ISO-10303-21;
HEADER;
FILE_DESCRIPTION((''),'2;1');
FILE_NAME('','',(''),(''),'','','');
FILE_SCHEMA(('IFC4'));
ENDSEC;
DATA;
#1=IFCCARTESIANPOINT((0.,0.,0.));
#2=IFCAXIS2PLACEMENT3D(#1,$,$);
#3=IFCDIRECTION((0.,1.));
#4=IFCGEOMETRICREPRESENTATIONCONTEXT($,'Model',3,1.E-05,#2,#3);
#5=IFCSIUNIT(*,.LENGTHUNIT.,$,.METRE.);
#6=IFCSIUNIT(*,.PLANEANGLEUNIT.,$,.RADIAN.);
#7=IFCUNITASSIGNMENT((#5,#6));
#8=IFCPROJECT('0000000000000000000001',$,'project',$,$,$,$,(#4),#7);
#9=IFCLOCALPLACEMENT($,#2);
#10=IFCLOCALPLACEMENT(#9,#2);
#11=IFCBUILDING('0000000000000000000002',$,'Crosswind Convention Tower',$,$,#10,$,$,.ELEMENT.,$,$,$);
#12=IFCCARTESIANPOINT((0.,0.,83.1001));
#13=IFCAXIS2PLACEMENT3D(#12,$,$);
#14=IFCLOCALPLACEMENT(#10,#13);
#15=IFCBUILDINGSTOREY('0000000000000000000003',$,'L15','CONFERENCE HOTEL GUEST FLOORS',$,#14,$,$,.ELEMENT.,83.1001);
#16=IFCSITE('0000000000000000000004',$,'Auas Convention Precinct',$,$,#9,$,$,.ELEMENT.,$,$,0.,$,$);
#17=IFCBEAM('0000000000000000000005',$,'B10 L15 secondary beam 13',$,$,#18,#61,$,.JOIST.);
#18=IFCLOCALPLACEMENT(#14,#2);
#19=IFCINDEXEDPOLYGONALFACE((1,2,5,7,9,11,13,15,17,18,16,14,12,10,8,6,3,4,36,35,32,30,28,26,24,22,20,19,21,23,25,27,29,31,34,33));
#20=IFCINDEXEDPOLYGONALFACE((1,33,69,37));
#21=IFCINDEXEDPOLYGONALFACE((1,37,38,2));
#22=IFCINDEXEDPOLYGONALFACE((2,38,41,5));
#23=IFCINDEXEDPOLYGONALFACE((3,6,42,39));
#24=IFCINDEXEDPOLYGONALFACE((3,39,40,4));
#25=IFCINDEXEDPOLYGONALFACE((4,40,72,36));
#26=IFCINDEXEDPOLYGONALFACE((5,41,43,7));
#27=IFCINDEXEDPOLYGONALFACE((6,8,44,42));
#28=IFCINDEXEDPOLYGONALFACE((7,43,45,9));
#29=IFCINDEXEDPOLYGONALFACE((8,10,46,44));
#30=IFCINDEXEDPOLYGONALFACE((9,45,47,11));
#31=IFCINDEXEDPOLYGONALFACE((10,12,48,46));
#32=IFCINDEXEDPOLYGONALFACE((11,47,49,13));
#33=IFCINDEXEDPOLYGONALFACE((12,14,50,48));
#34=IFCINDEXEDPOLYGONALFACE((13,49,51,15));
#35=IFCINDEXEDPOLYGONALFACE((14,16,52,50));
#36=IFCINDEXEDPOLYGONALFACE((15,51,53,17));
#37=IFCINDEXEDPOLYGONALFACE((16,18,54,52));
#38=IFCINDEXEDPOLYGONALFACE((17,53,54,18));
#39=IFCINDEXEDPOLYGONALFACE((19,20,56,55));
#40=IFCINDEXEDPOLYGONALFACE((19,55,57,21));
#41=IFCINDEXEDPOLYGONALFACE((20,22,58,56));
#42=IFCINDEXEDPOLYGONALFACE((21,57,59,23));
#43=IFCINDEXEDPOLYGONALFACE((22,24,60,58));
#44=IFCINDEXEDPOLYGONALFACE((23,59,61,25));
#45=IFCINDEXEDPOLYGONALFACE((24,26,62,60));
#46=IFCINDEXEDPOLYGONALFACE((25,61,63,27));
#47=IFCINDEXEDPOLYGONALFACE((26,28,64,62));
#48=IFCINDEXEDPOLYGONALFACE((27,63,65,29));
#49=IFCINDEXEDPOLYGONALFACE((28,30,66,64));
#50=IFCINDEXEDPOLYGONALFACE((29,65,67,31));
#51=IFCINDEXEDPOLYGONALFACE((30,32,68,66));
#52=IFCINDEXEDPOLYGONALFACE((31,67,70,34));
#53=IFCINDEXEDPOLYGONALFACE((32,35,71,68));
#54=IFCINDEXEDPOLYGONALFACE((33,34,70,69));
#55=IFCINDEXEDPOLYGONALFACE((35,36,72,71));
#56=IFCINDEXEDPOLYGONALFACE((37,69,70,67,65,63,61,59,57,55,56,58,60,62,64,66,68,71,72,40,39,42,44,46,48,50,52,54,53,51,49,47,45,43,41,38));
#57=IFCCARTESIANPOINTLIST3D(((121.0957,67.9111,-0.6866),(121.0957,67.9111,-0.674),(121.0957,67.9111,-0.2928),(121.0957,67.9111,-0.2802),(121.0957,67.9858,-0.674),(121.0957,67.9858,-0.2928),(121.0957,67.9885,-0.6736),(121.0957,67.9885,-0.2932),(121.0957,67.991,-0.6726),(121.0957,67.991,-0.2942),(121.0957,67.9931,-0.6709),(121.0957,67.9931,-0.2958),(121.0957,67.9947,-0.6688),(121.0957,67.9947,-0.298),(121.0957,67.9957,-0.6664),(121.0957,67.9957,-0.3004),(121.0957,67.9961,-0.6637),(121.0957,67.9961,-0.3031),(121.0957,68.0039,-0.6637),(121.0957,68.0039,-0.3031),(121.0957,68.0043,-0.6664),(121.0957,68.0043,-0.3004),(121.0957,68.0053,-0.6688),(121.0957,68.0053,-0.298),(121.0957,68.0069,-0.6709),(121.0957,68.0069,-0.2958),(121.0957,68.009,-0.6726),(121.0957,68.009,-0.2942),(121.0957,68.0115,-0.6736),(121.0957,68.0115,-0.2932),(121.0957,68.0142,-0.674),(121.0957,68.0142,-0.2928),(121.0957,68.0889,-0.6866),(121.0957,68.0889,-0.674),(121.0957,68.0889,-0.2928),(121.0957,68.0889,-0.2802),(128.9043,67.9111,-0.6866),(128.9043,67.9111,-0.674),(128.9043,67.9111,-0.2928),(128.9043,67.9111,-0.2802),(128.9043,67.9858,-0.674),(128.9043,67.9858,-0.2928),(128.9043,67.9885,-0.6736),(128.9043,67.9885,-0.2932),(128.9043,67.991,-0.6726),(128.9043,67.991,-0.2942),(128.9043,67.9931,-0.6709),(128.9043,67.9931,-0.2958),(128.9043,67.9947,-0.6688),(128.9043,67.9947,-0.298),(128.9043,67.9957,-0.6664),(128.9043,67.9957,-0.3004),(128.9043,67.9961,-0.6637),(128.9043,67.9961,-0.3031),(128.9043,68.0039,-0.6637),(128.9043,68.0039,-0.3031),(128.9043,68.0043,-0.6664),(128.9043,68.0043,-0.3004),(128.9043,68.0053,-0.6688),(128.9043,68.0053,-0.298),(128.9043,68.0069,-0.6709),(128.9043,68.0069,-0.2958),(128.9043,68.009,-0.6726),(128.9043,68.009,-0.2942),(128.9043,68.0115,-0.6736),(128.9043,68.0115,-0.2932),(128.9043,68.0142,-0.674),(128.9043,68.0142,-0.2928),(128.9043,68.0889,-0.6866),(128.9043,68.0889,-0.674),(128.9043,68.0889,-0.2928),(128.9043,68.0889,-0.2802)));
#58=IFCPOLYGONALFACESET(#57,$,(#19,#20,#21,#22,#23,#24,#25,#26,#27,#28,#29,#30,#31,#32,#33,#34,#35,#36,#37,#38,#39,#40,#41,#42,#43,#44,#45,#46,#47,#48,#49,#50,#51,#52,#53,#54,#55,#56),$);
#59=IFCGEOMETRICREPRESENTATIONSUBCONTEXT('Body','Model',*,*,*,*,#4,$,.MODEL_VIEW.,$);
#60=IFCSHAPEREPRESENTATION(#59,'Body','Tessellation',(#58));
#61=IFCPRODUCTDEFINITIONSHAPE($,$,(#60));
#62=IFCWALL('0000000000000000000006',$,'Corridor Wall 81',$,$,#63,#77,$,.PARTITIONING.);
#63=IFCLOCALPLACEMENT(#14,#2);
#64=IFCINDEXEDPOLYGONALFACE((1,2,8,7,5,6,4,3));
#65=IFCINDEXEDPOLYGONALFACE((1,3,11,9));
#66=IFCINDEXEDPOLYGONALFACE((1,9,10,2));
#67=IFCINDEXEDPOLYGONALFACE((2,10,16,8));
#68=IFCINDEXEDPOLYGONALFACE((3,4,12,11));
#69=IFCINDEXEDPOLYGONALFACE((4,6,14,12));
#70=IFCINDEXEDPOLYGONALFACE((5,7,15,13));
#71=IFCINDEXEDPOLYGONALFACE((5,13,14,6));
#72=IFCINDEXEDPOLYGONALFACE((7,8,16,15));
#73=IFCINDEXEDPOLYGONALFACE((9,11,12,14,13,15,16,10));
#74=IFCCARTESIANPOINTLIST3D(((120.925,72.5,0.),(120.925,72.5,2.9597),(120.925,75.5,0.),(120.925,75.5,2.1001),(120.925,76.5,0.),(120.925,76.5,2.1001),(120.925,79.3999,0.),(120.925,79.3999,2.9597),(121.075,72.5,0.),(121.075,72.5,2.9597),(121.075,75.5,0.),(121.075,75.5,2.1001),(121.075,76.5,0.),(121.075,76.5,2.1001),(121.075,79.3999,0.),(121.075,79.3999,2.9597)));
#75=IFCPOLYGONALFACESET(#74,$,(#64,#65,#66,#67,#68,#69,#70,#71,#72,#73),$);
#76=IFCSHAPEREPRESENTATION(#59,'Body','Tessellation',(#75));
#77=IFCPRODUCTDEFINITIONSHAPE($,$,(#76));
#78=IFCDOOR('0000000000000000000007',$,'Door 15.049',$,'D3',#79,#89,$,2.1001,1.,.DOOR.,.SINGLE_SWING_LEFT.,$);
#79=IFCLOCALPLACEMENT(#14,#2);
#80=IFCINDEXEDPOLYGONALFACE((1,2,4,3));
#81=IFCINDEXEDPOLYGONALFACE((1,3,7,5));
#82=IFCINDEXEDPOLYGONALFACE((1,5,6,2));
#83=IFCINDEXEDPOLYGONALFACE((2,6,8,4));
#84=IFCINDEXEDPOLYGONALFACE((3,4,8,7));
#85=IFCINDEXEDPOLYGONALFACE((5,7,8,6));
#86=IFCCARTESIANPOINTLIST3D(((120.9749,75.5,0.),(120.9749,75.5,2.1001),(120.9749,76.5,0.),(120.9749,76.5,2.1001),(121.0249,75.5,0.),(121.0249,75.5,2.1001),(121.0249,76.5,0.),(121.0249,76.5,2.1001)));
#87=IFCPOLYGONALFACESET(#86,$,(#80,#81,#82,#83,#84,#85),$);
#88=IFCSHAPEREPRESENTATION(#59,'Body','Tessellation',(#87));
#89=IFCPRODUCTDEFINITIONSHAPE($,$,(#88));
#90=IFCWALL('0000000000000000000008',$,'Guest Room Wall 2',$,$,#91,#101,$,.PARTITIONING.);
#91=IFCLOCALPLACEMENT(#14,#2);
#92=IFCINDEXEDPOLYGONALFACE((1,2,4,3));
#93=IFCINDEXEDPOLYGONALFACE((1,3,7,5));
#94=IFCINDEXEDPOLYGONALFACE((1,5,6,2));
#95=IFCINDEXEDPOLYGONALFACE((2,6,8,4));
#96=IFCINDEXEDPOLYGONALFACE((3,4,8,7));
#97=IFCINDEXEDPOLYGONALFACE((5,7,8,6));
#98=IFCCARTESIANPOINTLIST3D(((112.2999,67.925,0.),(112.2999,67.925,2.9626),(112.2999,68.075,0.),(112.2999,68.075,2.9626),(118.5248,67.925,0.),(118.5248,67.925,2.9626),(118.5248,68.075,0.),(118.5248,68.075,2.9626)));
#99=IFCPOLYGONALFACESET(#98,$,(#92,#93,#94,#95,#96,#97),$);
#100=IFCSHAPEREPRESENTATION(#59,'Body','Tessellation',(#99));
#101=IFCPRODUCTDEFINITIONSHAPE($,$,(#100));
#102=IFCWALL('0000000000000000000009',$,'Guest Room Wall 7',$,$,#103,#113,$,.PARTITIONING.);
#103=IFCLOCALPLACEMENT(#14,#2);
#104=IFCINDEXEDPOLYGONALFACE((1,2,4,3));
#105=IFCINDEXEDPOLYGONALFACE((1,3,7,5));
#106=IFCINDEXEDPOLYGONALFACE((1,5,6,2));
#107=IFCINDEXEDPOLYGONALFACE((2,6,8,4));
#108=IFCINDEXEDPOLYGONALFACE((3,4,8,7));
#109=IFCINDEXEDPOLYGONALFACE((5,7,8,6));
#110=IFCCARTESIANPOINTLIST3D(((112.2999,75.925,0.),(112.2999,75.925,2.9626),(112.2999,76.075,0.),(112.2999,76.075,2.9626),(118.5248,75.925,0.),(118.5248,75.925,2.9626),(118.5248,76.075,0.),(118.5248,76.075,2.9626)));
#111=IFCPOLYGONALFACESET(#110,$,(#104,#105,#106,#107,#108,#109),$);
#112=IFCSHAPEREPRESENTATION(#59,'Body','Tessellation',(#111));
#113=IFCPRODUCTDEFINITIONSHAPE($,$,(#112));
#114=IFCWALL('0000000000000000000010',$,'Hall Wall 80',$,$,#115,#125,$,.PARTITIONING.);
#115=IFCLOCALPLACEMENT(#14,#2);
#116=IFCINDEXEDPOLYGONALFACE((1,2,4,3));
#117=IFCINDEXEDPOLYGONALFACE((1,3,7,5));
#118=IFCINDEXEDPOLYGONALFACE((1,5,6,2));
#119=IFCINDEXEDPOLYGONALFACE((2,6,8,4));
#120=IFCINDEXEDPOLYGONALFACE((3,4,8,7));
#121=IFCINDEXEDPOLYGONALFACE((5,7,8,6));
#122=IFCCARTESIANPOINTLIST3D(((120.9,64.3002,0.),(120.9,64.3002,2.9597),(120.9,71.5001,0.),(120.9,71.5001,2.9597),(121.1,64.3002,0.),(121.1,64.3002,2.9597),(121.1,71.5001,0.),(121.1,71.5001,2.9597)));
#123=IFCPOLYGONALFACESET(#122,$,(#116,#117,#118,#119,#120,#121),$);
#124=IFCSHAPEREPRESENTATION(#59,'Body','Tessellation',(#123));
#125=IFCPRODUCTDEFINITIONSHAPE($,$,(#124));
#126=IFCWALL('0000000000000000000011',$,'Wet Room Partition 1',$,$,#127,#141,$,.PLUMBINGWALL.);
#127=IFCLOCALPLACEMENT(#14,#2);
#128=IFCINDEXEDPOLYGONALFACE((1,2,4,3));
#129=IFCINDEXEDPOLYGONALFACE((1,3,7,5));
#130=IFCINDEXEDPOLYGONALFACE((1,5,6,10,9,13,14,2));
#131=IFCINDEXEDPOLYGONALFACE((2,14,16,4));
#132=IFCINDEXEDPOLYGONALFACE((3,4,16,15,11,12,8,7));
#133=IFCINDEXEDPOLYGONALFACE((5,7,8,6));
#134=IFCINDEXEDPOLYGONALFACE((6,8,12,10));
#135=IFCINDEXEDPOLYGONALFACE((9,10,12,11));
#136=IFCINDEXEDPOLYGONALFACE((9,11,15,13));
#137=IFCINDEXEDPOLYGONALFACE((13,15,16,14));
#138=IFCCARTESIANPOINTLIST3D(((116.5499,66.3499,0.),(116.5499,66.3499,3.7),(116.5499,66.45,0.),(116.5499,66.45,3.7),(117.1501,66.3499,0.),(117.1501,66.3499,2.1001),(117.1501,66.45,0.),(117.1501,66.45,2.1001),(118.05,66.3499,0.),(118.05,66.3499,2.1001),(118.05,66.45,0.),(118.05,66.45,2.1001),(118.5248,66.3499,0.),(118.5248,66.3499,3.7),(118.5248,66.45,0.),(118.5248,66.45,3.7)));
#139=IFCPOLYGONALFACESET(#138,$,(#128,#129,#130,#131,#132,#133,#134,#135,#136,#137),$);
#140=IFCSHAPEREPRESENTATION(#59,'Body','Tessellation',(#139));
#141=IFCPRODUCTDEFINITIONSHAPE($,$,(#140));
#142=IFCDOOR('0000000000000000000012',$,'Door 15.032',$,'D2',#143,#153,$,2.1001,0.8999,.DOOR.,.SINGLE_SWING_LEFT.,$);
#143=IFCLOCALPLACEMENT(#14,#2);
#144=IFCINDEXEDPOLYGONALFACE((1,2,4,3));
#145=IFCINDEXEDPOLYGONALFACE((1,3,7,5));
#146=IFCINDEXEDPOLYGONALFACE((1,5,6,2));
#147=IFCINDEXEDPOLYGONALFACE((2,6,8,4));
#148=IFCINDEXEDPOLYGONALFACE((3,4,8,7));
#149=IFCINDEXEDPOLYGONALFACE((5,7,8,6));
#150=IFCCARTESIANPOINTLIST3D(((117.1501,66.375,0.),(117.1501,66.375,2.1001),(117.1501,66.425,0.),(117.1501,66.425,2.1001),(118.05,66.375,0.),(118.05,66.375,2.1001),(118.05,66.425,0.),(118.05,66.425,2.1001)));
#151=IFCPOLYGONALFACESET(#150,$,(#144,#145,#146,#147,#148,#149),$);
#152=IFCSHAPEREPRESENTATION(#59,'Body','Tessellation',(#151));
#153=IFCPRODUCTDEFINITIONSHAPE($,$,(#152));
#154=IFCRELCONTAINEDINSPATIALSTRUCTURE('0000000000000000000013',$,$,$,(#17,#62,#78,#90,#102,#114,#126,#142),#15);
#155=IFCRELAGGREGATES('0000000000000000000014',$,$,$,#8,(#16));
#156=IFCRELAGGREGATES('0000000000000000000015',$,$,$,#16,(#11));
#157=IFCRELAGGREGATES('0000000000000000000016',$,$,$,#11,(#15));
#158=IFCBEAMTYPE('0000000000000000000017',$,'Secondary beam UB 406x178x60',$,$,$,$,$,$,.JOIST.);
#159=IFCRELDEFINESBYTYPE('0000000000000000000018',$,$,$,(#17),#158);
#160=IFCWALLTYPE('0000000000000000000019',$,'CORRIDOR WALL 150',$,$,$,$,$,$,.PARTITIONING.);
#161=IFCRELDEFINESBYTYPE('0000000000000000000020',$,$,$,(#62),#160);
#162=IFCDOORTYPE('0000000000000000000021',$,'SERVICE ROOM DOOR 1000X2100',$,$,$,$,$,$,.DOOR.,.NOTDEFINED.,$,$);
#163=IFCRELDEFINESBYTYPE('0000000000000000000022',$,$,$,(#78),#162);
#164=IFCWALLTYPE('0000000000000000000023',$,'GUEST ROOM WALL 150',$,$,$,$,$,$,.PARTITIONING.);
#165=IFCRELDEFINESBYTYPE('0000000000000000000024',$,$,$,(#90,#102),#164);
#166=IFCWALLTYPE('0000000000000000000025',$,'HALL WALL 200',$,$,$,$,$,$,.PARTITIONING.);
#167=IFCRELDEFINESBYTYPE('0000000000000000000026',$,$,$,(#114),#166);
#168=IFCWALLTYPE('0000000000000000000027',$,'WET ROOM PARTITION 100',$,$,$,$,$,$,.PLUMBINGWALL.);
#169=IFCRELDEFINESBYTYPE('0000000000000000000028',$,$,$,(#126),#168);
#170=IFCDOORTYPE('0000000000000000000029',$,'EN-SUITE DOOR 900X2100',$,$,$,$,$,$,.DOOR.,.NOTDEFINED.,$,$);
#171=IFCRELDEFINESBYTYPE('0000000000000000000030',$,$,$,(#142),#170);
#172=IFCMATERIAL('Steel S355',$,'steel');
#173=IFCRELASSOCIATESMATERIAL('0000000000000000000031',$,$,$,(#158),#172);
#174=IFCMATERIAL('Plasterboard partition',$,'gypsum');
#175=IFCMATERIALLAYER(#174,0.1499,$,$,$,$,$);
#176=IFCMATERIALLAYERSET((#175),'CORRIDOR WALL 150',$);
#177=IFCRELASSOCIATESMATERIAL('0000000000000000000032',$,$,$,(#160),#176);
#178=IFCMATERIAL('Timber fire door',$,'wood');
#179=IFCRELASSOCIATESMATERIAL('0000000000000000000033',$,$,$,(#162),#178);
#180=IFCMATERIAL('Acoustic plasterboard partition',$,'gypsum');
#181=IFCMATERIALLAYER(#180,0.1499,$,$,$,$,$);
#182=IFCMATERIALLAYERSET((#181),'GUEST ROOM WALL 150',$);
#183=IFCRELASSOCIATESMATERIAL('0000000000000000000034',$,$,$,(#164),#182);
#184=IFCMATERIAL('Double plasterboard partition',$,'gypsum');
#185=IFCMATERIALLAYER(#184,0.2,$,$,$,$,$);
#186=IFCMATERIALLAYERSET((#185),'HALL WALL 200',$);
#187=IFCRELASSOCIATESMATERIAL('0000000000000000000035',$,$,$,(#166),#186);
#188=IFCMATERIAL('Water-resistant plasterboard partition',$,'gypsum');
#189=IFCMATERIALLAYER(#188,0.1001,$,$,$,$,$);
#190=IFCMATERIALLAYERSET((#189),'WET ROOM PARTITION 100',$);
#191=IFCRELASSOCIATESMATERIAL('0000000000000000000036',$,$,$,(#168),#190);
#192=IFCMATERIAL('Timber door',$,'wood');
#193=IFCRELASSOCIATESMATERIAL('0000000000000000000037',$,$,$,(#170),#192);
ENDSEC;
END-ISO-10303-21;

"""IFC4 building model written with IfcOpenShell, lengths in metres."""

from ifc_helpers import new_model, si_unit, direction, frame, frame_2d, origin, origin_2d, place, context, subcontext, project, spatial, rectangle, i_section, extrude, material, layer, layer_set, material_profile, profile_set, type_object, element, fill, save


model = new_model("IFC4")

# Units and contexts
model_context = context("Model", 3, precision=1e-05, world=origin(), true_north=direction((0.0, 1.0)))
body_context = subcontext(model_context, "Body", "Model", "MODEL_VIEW")
ifc_project = project(units=[si_unit("LENGTHUNIT", "METRE"), si_unit("PLANEANGLEUNIT", "RADIAN")], contexts=[model_context])

# Site, building, storey
site_placement = place(None, origin())
site = spatial("IfcSite", under=ifc_project, at=site_placement, Name="Auas Convention Precinct", CompositionType="ELEMENT", RefElevation=0.0)
building_placement = place(site_placement, origin())
building = spatial("IfcBuilding", under=site, at=building_placement, Name="Crosswind Convention Tower", CompositionType="ELEMENT")
storey_placement = place(building_placement, frame((0.0, 0.0, 83.1001)))
storey = spatial("IfcBuildingStorey", under=building, at=storey_placement, Name="L15", Description="CONFERENCE HOTEL GUEST FLOORS", CompositionType="ELEMENT", Elevation=83.1001)

# Beam
ifc_material_1 = material(Name="Steel S355", Category="steel")
ifc_material_profile_1 = material_profile(ifc_material_1, i_section(OverallWidth=0.1777, OverallDepth=0.4065, WebThickness=0.0078, FlangeThickness=0.0127, FilletRadius=0.0103, at=origin_2d()), Name="UB 406x178x60")
ifc_profile_set_1 = profile_set([ifc_material_profile_1], Name="Steel S355")
beam_type_1 = type_object("IfcBeamType", Name="Secondary beam UB 406x178x60", PredefinedType="JOIST", material=ifc_profile_set_1)
beam_1_placement = place(storey_placement, frame((121.0957, 68.0, -0.4834), z_axis=(1.0, 0.0, 0.0), x_axis=(0.0, 1.0, 0.0)))
element("IfcBeam", 1, at=beam_1_placement, inside=storey, type_object=beam_type_1, Name="B10 L15 secondary beam 13", PredefinedType="JOIST", context=body_context, shape_type="SweptSolid", body=[
    extrude(i_section(OverallWidth=0.1777, OverallDepth=0.4065, WebThickness=0.0078, FlangeThickness=0.0127, FilletRadius=0.0103, at=origin_2d()), origin(), (0.0, 0.0, 1.0), 7.8086),
])

# Wall, opening, door
ifc_material_2 = material(Name="Plasterboard partition", Category="gypsum")
ifc_layer_1 = layer(ifc_material_2, 0.1499)
ifc_layer_set_1 = layer_set([ifc_layer_1], Name="CORRIDOR WALL 150")
wall_type_1 = type_object("IfcWallType", Name="CORRIDOR WALL 150", PredefinedType="PARTITIONING", material=ifc_layer_set_1)
wall_1_placement = place(storey_placement, frame((121.0, 72.5, 0.0), z_axis=(0.0, 0.0, 1.0), x_axis=(0.0, 1.0, 0.0)))
wall_1 = element("IfcWall", 2, at=wall_1_placement, inside=storey, type_object=wall_type_1, Name="Corridor Wall 81", PredefinedType="PARTITIONING", context=body_context, shape_type="SweptSolid", body=[
    extrude(rectangle(XDim=6.8999, YDim=0.1499, at=frame_2d((3.45, 0.0))), origin(), (0.0, 0.0, 1.0), 2.9597),
])
opening_1_placement = place(wall_1_placement, frame((3.0, 0.0, 0.0)))
opening_1 = element("IfcOpeningElement", 3, at=opening_1_placement, cuts=wall_1, PredefinedType="OPENING", context=body_context, shape_type="SweptSolid", body=[
    extrude(rectangle(XDim=1.0, YDim=2.1001, at=frame_2d((0.5, 1.05))), frame((0.0, 0.085, 0.0), z_axis=(0.0, -1.0, 0.0), x_axis=(1.0, 0.0, 0.0)), (0.0, 0.0, 1.0), 0.1699),
])
ifc_material_3 = material(Name="Timber fire door", Category="wood")
door_type_1 = type_object("IfcDoorType", Name="SERVICE ROOM DOOR 1000X2100", OperationType="NOTDEFINED", PredefinedType="DOOR", material=ifc_material_3)
door_1_placement = place(opening_1_placement, frame((1.0, 0.0, 0.0), z_axis=(0.0, 0.0, 1.0), x_axis=(-1.0, 0.0, 0.0)))
door_1 = element("IfcDoor", 4, at=door_1_placement, inside=storey, type_object=door_type_1, Name="Door 15.049", ObjectType="D3", OperationType="SINGLE_SWING_LEFT", OverallHeight=2.1001, OverallWidth=1.0, PredefinedType="DOOR", context=body_context, shape_type="SweptSolid", body=[
    extrude(rectangle(XDim=1.0, YDim=2.1001, at=frame_2d((0.5, 1.05))), frame((0.0, 0.0249, 0.0), z_axis=(0.0, -1.0, 0.0), x_axis=(1.0, 0.0, 0.0)), (0.0, 0.0, 1.0), 0.05),
])
fill(opening_1, door_1)

# Walls
ifc_material_4 = material(Name="Acoustic plasterboard partition", Category="gypsum")
ifc_layer_2 = layer(ifc_material_4, 0.1499)
ifc_layer_set_2 = layer_set([ifc_layer_2], Name="GUEST ROOM WALL 150")
wall_type_2 = type_object("IfcWallType", Name="GUEST ROOM WALL 150", PredefinedType="PARTITIONING", material=ifc_layer_set_2)
for number, where, z_axis, x_axis, name in (
    (5, (112.3, 68.0, 0.0), (0.0, 0.0, 1.0), (1.0, 0.0, 0.0), "Guest Room Wall 2"),
    (6, (112.3, 76.0, 0.0), (0.0, 0.0, 1.0), (1.0, 0.0, 0.0), "Guest Room Wall 7"),
):
    element("IfcWall", number, at=place(storey_placement, frame(where, z_axis=z_axis, x_axis=x_axis)), inside=storey, type_object=wall_type_2, Name=name, PredefinedType="PARTITIONING", context=body_context, shape_type="SweptSolid", body=[
        extrude(rectangle(XDim=6.2249, YDim=0.1499, at=frame_2d((3.1123, 0.0))), origin(), (0.0, 0.0, 1.0), 2.9626),
    ])
ifc_material_5 = material(Name="Double plasterboard partition", Category="gypsum")
ifc_layer_3 = layer(ifc_material_5, 0.2)
ifc_layer_set_3 = layer_set([ifc_layer_3], Name="HALL WALL 200")
wall_type_3 = type_object("IfcWallType", Name="HALL WALL 200", PredefinedType="PARTITIONING", material=ifc_layer_set_3)
wall_2_placement = place(storey_placement, frame((121.0, 64.3, 0.0), z_axis=(0.0, 0.0, 1.0), x_axis=(0.0, 1.0, 0.0)))
element("IfcWall", 7, at=wall_2_placement, inside=storey, type_object=wall_type_3, Name="Hall Wall 80", PredefinedType="PARTITIONING", context=body_context, shape_type="SweptSolid", body=[
    extrude(rectangle(XDim=7.2, YDim=0.2, at=frame_2d((3.6001, 0.0))), origin(), (0.0, 0.0, 1.0), 2.9597),
])

# Wall, opening, door
ifc_material_6 = material(Name="Water-resistant plasterboard partition", Category="gypsum")
ifc_layer_4 = layer(ifc_material_6, 0.1001)
ifc_layer_set_4 = layer_set([ifc_layer_4], Name="WET ROOM PARTITION 100")
wall_type_4 = type_object("IfcWallType", Name="WET ROOM PARTITION 100", PredefinedType="PLUMBINGWALL", material=ifc_layer_set_4)
wall_3_placement = place(storey_placement, frame((116.55, 66.3999, 0.0), z_axis=(0.0, 0.0, 1.0), x_axis=(1.0, 0.0, 0.0)))
wall_3 = element("IfcWall", 8, at=wall_3_placement, inside=storey, type_object=wall_type_4, Name="Wet Room Partition 1", PredefinedType="PLUMBINGWALL", context=body_context, shape_type="SweptSolid", body=[
    extrude(rectangle(XDim=1.9749, YDim=0.1001, at=frame_2d((0.9873, 0.0))), origin(), (0.0, 0.0, 1.0), 3.7),
])
opening_2_placement = place(wall_3_placement, frame((0.6001, 0.0, 0.0)))
opening_2 = element("IfcOpeningElement", 9, at=opening_2_placement, cuts=wall_3, PredefinedType="OPENING", context=body_context, shape_type="SweptSolid", body=[
    extrude(rectangle(XDim=0.8999, YDim=2.1001, at=frame_2d((0.45, 1.05))), frame((0.0, 0.0601, 0.0), z_axis=(0.0, -1.0, 0.0), x_axis=(1.0, 0.0, 0.0)), (0.0, 0.0, 1.0), 0.1201),
])
ifc_material_7 = material(Name="Timber door", Category="wood")
door_type_2 = type_object("IfcDoorType", Name="EN-SUITE DOOR 900X2100", OperationType="NOTDEFINED", PredefinedType="DOOR", material=ifc_material_7)
door_2_placement = place(opening_2_placement, frame((0.8999, 0.0, 0.0), z_axis=(0.0, 0.0, 1.0), x_axis=(-1.0, 0.0, 0.0)))
door_2 = element("IfcDoor", 10, at=door_2_placement, inside=storey, type_object=door_type_2, Name="Door 15.032", ObjectType="D2", OperationType="SINGLE_SWING_LEFT", OverallHeight=2.1001, OverallWidth=0.8999, PredefinedType="DOOR", context=body_context, shape_type="SweptSolid", body=[
    extrude(rectangle(XDim=0.8999, YDim=2.1001, at=frame_2d((0.45, 1.05))), frame((0.0, 0.0249, 0.0), z_axis=(0.0, -1.0, 0.0), x_axis=(1.0, 0.0, 0.0)), (0.0, 0.0, 1.0), 0.05),
])
fill(opening_2, door_2)

save(model, "model.ifc")
